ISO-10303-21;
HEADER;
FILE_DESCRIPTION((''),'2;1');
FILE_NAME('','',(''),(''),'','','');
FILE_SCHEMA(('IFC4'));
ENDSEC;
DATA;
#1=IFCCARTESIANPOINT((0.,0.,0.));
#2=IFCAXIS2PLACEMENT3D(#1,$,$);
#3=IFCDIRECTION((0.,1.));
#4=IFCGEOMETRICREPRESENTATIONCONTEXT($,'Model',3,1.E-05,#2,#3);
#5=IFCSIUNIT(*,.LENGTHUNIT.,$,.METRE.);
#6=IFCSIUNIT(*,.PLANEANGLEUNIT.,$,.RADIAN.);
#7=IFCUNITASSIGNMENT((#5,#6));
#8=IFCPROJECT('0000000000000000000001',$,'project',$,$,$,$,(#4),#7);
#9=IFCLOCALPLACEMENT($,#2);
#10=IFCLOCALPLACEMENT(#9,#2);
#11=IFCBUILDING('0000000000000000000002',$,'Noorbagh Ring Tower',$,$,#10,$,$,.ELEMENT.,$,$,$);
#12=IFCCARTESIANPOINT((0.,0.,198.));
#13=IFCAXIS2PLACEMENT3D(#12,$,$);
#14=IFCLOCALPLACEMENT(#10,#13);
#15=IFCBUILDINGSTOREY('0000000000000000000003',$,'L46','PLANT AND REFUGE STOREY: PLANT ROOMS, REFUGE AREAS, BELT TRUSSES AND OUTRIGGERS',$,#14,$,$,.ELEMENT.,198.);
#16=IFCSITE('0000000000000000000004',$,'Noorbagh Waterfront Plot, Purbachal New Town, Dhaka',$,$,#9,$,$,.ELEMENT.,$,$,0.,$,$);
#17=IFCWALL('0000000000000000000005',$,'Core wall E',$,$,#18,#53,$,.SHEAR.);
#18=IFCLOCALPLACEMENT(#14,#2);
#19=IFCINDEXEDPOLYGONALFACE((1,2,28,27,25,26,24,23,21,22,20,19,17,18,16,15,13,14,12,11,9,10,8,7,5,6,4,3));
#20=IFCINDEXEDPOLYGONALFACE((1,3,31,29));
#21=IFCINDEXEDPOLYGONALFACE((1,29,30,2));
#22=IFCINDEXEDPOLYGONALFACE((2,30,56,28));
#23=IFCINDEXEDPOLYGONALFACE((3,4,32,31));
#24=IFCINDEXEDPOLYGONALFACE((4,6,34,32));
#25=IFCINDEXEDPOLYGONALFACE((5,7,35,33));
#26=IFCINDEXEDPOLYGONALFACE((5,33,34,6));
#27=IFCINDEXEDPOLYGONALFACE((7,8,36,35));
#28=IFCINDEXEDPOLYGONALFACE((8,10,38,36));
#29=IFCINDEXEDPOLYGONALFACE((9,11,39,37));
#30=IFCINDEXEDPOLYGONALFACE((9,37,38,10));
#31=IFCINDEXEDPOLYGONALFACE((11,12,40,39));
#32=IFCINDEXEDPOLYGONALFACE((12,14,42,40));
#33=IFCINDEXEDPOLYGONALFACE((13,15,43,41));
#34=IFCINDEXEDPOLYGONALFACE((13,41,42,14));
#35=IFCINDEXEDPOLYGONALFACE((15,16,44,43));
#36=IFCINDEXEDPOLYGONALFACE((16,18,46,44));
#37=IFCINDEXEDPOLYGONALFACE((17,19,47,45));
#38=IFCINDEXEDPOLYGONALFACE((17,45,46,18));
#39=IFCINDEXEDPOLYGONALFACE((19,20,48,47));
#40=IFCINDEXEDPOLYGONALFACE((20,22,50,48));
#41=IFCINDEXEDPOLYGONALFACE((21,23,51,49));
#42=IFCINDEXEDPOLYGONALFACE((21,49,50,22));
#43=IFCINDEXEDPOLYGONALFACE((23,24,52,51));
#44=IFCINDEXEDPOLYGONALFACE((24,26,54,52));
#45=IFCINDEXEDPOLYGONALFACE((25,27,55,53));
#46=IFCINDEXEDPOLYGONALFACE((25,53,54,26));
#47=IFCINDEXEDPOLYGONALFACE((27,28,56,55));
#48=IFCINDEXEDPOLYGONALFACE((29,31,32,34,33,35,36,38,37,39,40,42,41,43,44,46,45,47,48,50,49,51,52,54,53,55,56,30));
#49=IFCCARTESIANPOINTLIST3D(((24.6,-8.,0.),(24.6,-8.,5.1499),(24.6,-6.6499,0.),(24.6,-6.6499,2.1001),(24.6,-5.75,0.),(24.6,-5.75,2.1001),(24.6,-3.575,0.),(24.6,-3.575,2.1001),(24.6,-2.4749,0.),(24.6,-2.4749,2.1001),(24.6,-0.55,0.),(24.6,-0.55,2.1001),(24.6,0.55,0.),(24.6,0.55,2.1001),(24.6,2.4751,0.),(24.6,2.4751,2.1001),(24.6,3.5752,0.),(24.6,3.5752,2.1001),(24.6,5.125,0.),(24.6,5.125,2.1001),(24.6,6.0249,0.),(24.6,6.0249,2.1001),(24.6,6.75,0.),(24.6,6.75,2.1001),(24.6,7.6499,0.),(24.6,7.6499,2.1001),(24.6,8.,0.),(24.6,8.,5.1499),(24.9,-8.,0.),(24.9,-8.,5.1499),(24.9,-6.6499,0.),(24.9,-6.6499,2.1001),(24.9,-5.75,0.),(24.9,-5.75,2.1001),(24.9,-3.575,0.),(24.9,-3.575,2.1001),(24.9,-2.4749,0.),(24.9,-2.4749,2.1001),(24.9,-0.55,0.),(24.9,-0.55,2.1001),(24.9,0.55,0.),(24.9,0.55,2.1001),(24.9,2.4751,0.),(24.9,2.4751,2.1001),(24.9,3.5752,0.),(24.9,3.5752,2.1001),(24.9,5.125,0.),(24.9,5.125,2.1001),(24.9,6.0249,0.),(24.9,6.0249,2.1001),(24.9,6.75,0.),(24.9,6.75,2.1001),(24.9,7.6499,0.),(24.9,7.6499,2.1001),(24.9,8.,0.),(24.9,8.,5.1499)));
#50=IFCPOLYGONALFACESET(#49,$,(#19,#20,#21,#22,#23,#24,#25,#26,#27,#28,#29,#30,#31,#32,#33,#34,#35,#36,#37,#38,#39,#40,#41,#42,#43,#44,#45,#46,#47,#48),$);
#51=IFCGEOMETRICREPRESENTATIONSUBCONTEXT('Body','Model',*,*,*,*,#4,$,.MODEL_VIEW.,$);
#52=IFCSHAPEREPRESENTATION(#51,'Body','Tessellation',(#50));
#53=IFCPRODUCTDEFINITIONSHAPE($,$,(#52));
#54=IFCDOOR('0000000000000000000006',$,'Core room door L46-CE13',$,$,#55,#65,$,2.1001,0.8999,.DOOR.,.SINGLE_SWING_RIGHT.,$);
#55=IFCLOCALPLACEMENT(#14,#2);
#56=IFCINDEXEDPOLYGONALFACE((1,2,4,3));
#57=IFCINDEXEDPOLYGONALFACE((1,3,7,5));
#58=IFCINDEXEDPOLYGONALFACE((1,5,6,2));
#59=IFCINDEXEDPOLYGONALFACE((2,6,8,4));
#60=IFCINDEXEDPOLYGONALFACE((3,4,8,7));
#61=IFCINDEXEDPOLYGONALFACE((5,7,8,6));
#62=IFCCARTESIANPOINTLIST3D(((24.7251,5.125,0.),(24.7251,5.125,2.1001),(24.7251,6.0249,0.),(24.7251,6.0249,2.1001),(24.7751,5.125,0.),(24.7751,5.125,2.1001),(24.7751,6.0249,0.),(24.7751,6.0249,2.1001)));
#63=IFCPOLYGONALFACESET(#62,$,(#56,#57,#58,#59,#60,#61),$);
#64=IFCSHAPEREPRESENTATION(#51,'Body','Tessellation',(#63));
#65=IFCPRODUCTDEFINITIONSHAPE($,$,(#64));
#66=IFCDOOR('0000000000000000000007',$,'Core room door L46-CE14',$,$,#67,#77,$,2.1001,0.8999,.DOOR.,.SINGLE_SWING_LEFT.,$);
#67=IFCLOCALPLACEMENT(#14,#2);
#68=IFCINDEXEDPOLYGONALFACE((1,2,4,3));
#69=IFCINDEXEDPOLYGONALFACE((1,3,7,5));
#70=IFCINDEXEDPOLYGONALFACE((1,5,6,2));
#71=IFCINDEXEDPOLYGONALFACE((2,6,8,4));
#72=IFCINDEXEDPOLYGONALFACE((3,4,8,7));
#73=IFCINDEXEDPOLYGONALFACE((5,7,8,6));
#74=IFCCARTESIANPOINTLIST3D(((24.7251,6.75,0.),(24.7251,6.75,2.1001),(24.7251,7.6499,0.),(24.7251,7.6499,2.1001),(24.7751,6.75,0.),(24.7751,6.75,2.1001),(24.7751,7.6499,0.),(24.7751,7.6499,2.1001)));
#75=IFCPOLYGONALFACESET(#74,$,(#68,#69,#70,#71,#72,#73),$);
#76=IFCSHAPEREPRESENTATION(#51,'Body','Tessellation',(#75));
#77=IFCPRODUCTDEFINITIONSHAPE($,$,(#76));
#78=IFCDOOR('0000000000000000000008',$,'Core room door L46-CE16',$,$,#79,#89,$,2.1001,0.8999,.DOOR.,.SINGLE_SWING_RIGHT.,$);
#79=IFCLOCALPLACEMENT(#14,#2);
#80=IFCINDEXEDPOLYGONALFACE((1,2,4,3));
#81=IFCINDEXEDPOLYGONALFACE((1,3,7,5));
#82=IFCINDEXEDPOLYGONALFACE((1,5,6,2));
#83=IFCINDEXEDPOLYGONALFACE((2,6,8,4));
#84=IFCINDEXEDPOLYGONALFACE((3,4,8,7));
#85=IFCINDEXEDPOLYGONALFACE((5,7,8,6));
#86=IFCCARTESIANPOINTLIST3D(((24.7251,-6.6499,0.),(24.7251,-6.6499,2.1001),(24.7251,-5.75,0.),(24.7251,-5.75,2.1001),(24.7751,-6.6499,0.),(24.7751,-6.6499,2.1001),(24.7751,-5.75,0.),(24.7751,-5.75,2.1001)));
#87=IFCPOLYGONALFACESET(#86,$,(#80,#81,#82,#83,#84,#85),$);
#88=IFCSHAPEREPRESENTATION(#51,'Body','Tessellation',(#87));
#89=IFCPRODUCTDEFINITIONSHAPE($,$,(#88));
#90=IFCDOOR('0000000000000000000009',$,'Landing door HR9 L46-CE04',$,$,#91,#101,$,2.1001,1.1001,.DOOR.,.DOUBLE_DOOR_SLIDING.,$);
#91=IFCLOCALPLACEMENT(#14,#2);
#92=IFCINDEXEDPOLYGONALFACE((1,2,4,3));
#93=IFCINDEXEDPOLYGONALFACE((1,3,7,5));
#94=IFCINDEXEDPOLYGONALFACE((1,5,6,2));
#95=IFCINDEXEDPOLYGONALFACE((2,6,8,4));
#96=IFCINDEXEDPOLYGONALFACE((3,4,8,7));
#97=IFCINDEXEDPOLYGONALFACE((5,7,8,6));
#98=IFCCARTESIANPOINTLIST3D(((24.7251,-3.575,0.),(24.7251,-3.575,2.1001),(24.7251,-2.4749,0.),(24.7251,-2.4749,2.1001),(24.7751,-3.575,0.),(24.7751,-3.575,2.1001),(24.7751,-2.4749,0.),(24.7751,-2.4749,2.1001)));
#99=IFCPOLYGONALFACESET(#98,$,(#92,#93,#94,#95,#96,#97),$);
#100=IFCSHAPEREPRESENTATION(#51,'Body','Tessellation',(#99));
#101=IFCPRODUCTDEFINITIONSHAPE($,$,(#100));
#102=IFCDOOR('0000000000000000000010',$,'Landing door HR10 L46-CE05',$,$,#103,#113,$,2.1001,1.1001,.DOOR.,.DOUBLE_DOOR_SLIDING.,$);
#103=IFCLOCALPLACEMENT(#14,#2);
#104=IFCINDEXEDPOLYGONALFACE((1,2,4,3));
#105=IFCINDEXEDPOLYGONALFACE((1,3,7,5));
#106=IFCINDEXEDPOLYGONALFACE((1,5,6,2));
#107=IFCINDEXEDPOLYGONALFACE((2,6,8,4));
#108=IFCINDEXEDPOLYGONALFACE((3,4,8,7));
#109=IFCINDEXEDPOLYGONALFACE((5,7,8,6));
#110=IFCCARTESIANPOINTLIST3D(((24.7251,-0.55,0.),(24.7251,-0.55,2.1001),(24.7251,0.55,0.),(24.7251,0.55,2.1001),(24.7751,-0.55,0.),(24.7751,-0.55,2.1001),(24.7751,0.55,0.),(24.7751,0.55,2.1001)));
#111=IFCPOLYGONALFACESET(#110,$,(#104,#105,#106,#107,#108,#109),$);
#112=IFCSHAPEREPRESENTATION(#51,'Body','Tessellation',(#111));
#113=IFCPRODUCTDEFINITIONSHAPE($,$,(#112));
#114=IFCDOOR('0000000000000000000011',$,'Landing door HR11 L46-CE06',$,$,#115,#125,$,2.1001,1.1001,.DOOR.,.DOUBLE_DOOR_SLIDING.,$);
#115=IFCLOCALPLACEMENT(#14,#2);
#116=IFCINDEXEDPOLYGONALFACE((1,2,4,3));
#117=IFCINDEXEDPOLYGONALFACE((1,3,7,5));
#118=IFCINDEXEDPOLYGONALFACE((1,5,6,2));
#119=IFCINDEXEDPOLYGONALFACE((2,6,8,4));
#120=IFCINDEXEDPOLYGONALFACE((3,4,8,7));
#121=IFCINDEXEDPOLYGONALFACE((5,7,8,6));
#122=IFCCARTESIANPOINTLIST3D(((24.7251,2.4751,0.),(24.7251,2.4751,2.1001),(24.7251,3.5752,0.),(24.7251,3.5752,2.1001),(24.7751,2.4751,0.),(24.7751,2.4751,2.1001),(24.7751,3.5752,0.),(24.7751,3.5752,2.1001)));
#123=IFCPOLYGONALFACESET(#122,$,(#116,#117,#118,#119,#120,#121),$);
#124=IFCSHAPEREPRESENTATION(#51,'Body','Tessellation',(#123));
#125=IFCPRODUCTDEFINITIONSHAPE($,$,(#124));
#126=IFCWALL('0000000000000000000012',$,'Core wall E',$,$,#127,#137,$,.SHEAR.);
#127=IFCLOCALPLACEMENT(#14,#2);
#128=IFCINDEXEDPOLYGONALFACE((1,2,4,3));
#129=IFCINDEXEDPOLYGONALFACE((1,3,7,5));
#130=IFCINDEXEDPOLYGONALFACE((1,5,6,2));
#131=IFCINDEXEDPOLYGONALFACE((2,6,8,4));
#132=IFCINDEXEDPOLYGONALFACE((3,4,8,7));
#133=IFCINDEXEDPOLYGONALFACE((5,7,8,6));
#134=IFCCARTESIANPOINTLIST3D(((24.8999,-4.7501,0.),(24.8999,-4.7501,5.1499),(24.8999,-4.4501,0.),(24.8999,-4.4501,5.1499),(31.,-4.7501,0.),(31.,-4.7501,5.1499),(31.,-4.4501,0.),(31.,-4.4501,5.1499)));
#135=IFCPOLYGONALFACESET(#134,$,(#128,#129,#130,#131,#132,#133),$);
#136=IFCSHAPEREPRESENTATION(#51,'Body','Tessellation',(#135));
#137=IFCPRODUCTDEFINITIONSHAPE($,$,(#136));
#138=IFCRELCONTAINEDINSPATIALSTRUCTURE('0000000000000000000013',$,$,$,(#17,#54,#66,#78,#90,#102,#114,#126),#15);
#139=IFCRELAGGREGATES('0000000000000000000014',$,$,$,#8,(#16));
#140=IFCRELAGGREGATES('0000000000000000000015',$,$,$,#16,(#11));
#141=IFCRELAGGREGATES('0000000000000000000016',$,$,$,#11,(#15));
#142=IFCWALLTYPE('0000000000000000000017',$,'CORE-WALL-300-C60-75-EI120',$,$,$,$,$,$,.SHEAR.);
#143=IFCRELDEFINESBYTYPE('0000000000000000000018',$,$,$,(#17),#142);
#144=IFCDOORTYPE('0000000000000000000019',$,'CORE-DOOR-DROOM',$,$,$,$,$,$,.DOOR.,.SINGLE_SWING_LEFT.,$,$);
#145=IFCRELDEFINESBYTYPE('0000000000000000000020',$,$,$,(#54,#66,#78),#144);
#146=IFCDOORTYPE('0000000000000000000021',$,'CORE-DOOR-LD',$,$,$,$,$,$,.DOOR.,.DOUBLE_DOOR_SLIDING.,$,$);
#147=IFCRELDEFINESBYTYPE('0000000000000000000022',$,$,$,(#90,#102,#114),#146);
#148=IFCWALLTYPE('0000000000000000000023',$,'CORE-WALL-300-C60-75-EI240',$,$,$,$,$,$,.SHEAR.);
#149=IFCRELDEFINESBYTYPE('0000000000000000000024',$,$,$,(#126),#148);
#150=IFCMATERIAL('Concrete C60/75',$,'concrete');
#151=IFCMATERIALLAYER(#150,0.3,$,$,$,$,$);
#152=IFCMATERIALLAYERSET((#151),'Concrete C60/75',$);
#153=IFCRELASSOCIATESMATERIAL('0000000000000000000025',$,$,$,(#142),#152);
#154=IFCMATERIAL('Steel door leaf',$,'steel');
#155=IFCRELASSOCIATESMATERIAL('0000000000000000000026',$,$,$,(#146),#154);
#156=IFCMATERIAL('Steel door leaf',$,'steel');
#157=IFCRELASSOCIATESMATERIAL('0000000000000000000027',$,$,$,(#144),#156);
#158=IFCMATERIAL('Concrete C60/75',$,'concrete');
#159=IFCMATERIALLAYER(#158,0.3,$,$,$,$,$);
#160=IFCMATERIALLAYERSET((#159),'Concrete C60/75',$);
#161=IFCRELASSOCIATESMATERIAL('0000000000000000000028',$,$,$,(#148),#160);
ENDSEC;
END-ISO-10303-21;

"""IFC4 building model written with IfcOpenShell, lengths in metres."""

from ifc_helpers import new_model, si_unit, direction, frame, frame_2d, origin, place, context, subcontext, project, spatial, rectangle, extrude, material, layer, layer_set, type_object, element, fill, save


model = new_model("IFC4")

# Units and contexts
model_context = context("Model", 3, precision=1e-05, world=origin(), true_north=direction((0.0, 1.0)))
body_context = subcontext(model_context, "Body", "Model", "MODEL_VIEW")
ifc_project = project(units=[si_unit("LENGTHUNIT", "METRE"), si_unit("PLANEANGLEUNIT", "RADIAN")], contexts=[model_context])

# Site, building, storey
site_placement = place(None, origin())
site = spatial("IfcSite", under=ifc_project, at=site_placement, Name="Noorbagh Waterfront Plot, Purbachal New Town, Dhaka", CompositionType="ELEMENT", RefElevation=0.0)
building_placement = place(site_placement, origin())
building = spatial("IfcBuilding", under=site, at=building_placement, Name="Noorbagh Ring Tower", CompositionType="ELEMENT")
storey_placement = place(building_placement, frame((0.0, 0.0, 198.0)))
storey = spatial("IfcBuildingStorey", under=building, at=storey_placement, Name="L46", Description="PLANT AND REFUGE STOREY: PLANT ROOMS, REFUGE AREAS, BELT TRUSSES AND OUTRIGGERS", CompositionType="ELEMENT", Elevation=198.0)

# Wall, openings, doors
ifc_material_1 = material(Name="Concrete C60/75", Category="concrete")
ifc_layer_1 = layer(ifc_material_1, 0.3)
ifc_layer_set_1 = layer_set([ifc_layer_1], Name="Concrete C60/75")
wall_type_1 = type_object("IfcWallType", Name="CORE-WALL-300-C60-75-EI120", PredefinedType="SHEAR", material=ifc_layer_set_1)
ifc_material_2 = material(Name="Steel door leaf", Category="steel")
door_type_1 = type_object("IfcDoorType", Name="CORE-DOOR-LD", OperationType="DOUBLE_DOOR_SLIDING", PredefinedType="DOOR", material=ifc_material_2)
wall_1_placement = place(storey_placement, frame((24.75, -8.0, 0.0), z_axis=(0.0, 0.0, 1.0), x_axis=(0.0, 1.0, 0.0)))
wall_1 = element("IfcWall", 1, at=wall_1_placement, inside=storey, type_object=wall_type_1, Name="Core wall E", PredefinedType="SHEAR", context=body_context, shape_type="SweptSolid", body=[
    extrude(rectangle(XDim=16.0, YDim=0.3, at=frame_2d((8.0, 0.0))), origin(), (0.0, 0.0, 1.0), 5.1499),
])
opening_1_placement = place(wall_1_placement, frame((4.425, 0.0, 0.0)))
opening_1 = element("IfcOpeningElement", 2, at=opening_1_placement, cuts=wall_1, PredefinedType="OPENING", context=body_context, shape_type="SweptSolid", body=[
    extrude(rectangle(XDim=1.1001, YDim=2.1001, at=frame_2d((0.55, 1.05))), frame((0.0, 0.1602, 0.0), z_axis=(0.0, -1.0, 0.0), x_axis=(1.0, 0.0, 0.0)), (0.0, 0.0, 1.0), 0.3201),
])
opening_2_placement = place(wall_1_placement, frame((7.45, 0.0, 0.0)))
opening_2 = element("IfcOpeningElement", 3, at=opening_2_placement, cuts=wall_1, PredefinedType="OPENING", context=body_context, shape_type="SweptSolid", body=[
    extrude(rectangle(XDim=1.1001, YDim=2.1001, at=frame_2d((0.55, 1.05))), frame((0.0, 0.1602, 0.0), z_axis=(0.0, -1.0, 0.0), x_axis=(1.0, 0.0, 0.0)), (0.0, 0.0, 1.0), 0.3201),
])
opening_3_placement = place(wall_1_placement, frame((10.4751, 0.0, 0.0)))
opening_3 = element("IfcOpeningElement", 4, at=opening_3_placement, cuts=wall_1, PredefinedType="OPENING", context=body_context, shape_type="SweptSolid", body=[
    extrude(rectangle(XDim=1.1001, YDim=2.1001, at=frame_2d((0.55, 1.05))), frame((0.0, 0.1602, 0.0), z_axis=(0.0, -1.0, 0.0), x_axis=(1.0, 0.0, 0.0)), (0.0, 0.0, 1.0), 0.3201),
])
opening_4_placement = place(wall_1_placement, frame((13.125, 0.0, 0.0)))
opening_4 = element("IfcOpeningElement", 5, at=opening_4_placement, cuts=wall_1, PredefinedType="OPENING", context=body_context, shape_type="SweptSolid", body=[
    extrude(rectangle(XDim=0.8999, YDim=2.1001, at=frame_2d((0.45, 1.05))), frame((0.0, 0.1602, 0.0), z_axis=(0.0, -1.0, 0.0), x_axis=(1.0, 0.0, 0.0)), (0.0, 0.0, 1.0), 0.3201),
])
opening_5_placement = place(wall_1_placement, frame((14.75, 0.0, 0.0)))
opening_5 = element("IfcOpeningElement", 6, at=opening_5_placement, cuts=wall_1, PredefinedType="OPENING", context=body_context, shape_type="SweptSolid", body=[
    extrude(rectangle(XDim=0.8999, YDim=2.1001, at=frame_2d((0.45, 1.05))), frame((0.0, 0.1602, 0.0), z_axis=(0.0, -1.0, 0.0), x_axis=(1.0, 0.0, 0.0)), (0.0, 0.0, 1.0), 0.3201),
])
opening_6_placement = place(wall_1_placement, frame((1.3501, 0.0, 0.0)))
opening_6 = element("IfcOpeningElement", 7, at=opening_6_placement, cuts=wall_1, PredefinedType="OPENING", context=body_context, shape_type="SweptSolid", body=[
    extrude(rectangle(XDim=0.8999, YDim=2.1001, at=frame_2d((0.45, 1.05))), frame((0.0, 0.1602, 0.0), z_axis=(0.0, -1.0, 0.0), x_axis=(1.0, 0.0, 0.0)), (0.0, 0.0, 1.0), 0.3201),
])
ifc_material_3 = material(Name="Steel door leaf", Category="steel")
door_type_2 = type_object("IfcDoorType", Name="CORE-DOOR-DROOM", OperationType="SINGLE_SWING_LEFT", PredefinedType="DOOR", material=ifc_material_3)
door_1_placement = place(opening_4_placement, origin())
door_1 = element("IfcDoor", 8, at=door_1_placement, inside=storey, type_object=door_type_2, Name="Core room door L46-CE13", OperationType="SINGLE_SWING_RIGHT", OverallHeight=2.1001, OverallWidth=0.8999, PredefinedType="DOOR", context=body_context, shape_type="SweptSolid", body=[
    extrude(rectangle(XDim=0.8999, YDim=2.1001, at=frame_2d((0.45, 1.05))), frame((0.0, 0.0249, 0.0), z_axis=(0.0, -1.0, 0.0), x_axis=(1.0, 0.0, 0.0)), (0.0, 0.0, 1.0), 0.05),
])
fill(opening_4, door_1)
door_2_placement = place(opening_5_placement, origin())
door_2 = element("IfcDoor", 9, at=door_2_placement, inside=storey, type_object=door_type_2, Name="Core room door L46-CE14", OperationType="SINGLE_SWING_LEFT", OverallHeight=2.1001, OverallWidth=0.8999, PredefinedType="DOOR", context=body_context, shape_type="SweptSolid", body=[
    extrude(rectangle(XDim=0.8999, YDim=2.1001, at=frame_2d((0.45, 1.05))), frame((0.0, 0.0249, 0.0), z_axis=(0.0, -1.0, 0.0), x_axis=(1.0, 0.0, 0.0)), (0.0, 0.0, 1.0), 0.05),
])
fill(opening_5, door_2)
door_3_placement = place(opening_6_placement, origin())
door_3 = element("IfcDoor", 10, at=door_3_placement, inside=storey, type_object=door_type_2, Name="Core room door L46-CE16", OperationType="SINGLE_SWING_RIGHT", OverallHeight=2.1001, OverallWidth=0.8999, PredefinedType="DOOR", context=body_context, shape_type="SweptSolid", body=[
    extrude(rectangle(XDim=0.8999, YDim=2.1001, at=frame_2d((0.45, 1.05))), frame((0.0, 0.0249, 0.0), z_axis=(0.0, -1.0, 0.0), x_axis=(1.0, 0.0, 0.0)), (0.0, 0.0, 1.0), 0.05),
])
fill(opening_6, door_3)
door_4_placement = place(opening_1_placement, origin())
door_4 = element("IfcDoor", 11, at=door_4_placement, inside=storey, type_object=door_type_1, Name="Landing door HR9 L46-CE04", OperationType="DOUBLE_DOOR_SLIDING", OverallHeight=2.1001, OverallWidth=1.1001, PredefinedType="DOOR", context=body_context, shape_type="SweptSolid", body=[
    extrude(rectangle(XDim=1.1001, YDim=2.1001, at=frame_2d((0.55, 1.05))), frame((0.0, 0.0249, 0.0), z_axis=(0.0, -1.0, 0.0), x_axis=(1.0, 0.0, 0.0)), (0.0, 0.0, 1.0), 0.05),
])
fill(opening_1, door_4)
door_5_placement = place(opening_2_placement, origin())
door_5 = element("IfcDoor", 12, at=door_5_placement, inside=storey, type_object=door_type_1, Name="Landing door HR10 L46-CE05", OperationType="DOUBLE_DOOR_SLIDING", OverallHeight=2.1001, OverallWidth=1.1001, PredefinedType="DOOR", context=body_context, shape_type="SweptSolid", body=[
    extrude(rectangle(XDim=1.1001, YDim=2.1001, at=frame_2d((0.55, 1.05))), frame((0.0, 0.0249, 0.0), z_axis=(0.0, -1.0, 0.0), x_axis=(1.0, 0.0, 0.0)), (0.0, 0.0, 1.0), 0.05),
])
fill(opening_2, door_5)
door_6_placement = place(opening_3_placement, origin())
door_6 = element("IfcDoor", 13, at=door_6_placement, inside=storey, type_object=door_type_1, Name="Landing door HR11 L46-CE06", OperationType="DOUBLE_DOOR_SLIDING", OverallHeight=2.1001, OverallWidth=1.1001, PredefinedType="DOOR", context=body_context, shape_type="SweptSolid", body=[
    extrude(rectangle(XDim=1.1001, YDim=2.1001, at=frame_2d((0.55, 1.05))), frame((0.0, 0.0249, 0.0), z_axis=(0.0, -1.0, 0.0), x_axis=(1.0, 0.0, 0.0)), (0.0, 0.0, 1.0), 0.05),
])
fill(opening_3, door_6)

# Wall
ifc_material_4 = material(Name="Concrete C60/75", Category="concrete")
ifc_layer_2 = layer(ifc_material_4, 0.3)
ifc_layer_set_2 = layer_set([ifc_layer_2], Name="Concrete C60/75")
wall_type_2 = type_object("IfcWallType", Name="CORE-WALL-300-C60-75-EI240", PredefinedType="SHEAR", material=ifc_layer_set_2)
wall_2_placement = place(storey_placement, frame((24.8999, -4.6001, 0.0), z_axis=(0.0, 0.0, 1.0), x_axis=(1.0, 0.0, 0.0)))
element("IfcWall", 14, at=wall_2_placement, inside=storey, type_object=wall_type_2, Name="Core wall E", PredefinedType="SHEAR", context=body_context, shape_type="SweptSolid", body=[
    extrude(rectangle(XDim=6.1001, YDim=0.3, at=frame_2d((3.05, 0.0))), origin(), (0.0, 0.0, 1.0), 5.1499),
])

save(model, "model.ifc")
